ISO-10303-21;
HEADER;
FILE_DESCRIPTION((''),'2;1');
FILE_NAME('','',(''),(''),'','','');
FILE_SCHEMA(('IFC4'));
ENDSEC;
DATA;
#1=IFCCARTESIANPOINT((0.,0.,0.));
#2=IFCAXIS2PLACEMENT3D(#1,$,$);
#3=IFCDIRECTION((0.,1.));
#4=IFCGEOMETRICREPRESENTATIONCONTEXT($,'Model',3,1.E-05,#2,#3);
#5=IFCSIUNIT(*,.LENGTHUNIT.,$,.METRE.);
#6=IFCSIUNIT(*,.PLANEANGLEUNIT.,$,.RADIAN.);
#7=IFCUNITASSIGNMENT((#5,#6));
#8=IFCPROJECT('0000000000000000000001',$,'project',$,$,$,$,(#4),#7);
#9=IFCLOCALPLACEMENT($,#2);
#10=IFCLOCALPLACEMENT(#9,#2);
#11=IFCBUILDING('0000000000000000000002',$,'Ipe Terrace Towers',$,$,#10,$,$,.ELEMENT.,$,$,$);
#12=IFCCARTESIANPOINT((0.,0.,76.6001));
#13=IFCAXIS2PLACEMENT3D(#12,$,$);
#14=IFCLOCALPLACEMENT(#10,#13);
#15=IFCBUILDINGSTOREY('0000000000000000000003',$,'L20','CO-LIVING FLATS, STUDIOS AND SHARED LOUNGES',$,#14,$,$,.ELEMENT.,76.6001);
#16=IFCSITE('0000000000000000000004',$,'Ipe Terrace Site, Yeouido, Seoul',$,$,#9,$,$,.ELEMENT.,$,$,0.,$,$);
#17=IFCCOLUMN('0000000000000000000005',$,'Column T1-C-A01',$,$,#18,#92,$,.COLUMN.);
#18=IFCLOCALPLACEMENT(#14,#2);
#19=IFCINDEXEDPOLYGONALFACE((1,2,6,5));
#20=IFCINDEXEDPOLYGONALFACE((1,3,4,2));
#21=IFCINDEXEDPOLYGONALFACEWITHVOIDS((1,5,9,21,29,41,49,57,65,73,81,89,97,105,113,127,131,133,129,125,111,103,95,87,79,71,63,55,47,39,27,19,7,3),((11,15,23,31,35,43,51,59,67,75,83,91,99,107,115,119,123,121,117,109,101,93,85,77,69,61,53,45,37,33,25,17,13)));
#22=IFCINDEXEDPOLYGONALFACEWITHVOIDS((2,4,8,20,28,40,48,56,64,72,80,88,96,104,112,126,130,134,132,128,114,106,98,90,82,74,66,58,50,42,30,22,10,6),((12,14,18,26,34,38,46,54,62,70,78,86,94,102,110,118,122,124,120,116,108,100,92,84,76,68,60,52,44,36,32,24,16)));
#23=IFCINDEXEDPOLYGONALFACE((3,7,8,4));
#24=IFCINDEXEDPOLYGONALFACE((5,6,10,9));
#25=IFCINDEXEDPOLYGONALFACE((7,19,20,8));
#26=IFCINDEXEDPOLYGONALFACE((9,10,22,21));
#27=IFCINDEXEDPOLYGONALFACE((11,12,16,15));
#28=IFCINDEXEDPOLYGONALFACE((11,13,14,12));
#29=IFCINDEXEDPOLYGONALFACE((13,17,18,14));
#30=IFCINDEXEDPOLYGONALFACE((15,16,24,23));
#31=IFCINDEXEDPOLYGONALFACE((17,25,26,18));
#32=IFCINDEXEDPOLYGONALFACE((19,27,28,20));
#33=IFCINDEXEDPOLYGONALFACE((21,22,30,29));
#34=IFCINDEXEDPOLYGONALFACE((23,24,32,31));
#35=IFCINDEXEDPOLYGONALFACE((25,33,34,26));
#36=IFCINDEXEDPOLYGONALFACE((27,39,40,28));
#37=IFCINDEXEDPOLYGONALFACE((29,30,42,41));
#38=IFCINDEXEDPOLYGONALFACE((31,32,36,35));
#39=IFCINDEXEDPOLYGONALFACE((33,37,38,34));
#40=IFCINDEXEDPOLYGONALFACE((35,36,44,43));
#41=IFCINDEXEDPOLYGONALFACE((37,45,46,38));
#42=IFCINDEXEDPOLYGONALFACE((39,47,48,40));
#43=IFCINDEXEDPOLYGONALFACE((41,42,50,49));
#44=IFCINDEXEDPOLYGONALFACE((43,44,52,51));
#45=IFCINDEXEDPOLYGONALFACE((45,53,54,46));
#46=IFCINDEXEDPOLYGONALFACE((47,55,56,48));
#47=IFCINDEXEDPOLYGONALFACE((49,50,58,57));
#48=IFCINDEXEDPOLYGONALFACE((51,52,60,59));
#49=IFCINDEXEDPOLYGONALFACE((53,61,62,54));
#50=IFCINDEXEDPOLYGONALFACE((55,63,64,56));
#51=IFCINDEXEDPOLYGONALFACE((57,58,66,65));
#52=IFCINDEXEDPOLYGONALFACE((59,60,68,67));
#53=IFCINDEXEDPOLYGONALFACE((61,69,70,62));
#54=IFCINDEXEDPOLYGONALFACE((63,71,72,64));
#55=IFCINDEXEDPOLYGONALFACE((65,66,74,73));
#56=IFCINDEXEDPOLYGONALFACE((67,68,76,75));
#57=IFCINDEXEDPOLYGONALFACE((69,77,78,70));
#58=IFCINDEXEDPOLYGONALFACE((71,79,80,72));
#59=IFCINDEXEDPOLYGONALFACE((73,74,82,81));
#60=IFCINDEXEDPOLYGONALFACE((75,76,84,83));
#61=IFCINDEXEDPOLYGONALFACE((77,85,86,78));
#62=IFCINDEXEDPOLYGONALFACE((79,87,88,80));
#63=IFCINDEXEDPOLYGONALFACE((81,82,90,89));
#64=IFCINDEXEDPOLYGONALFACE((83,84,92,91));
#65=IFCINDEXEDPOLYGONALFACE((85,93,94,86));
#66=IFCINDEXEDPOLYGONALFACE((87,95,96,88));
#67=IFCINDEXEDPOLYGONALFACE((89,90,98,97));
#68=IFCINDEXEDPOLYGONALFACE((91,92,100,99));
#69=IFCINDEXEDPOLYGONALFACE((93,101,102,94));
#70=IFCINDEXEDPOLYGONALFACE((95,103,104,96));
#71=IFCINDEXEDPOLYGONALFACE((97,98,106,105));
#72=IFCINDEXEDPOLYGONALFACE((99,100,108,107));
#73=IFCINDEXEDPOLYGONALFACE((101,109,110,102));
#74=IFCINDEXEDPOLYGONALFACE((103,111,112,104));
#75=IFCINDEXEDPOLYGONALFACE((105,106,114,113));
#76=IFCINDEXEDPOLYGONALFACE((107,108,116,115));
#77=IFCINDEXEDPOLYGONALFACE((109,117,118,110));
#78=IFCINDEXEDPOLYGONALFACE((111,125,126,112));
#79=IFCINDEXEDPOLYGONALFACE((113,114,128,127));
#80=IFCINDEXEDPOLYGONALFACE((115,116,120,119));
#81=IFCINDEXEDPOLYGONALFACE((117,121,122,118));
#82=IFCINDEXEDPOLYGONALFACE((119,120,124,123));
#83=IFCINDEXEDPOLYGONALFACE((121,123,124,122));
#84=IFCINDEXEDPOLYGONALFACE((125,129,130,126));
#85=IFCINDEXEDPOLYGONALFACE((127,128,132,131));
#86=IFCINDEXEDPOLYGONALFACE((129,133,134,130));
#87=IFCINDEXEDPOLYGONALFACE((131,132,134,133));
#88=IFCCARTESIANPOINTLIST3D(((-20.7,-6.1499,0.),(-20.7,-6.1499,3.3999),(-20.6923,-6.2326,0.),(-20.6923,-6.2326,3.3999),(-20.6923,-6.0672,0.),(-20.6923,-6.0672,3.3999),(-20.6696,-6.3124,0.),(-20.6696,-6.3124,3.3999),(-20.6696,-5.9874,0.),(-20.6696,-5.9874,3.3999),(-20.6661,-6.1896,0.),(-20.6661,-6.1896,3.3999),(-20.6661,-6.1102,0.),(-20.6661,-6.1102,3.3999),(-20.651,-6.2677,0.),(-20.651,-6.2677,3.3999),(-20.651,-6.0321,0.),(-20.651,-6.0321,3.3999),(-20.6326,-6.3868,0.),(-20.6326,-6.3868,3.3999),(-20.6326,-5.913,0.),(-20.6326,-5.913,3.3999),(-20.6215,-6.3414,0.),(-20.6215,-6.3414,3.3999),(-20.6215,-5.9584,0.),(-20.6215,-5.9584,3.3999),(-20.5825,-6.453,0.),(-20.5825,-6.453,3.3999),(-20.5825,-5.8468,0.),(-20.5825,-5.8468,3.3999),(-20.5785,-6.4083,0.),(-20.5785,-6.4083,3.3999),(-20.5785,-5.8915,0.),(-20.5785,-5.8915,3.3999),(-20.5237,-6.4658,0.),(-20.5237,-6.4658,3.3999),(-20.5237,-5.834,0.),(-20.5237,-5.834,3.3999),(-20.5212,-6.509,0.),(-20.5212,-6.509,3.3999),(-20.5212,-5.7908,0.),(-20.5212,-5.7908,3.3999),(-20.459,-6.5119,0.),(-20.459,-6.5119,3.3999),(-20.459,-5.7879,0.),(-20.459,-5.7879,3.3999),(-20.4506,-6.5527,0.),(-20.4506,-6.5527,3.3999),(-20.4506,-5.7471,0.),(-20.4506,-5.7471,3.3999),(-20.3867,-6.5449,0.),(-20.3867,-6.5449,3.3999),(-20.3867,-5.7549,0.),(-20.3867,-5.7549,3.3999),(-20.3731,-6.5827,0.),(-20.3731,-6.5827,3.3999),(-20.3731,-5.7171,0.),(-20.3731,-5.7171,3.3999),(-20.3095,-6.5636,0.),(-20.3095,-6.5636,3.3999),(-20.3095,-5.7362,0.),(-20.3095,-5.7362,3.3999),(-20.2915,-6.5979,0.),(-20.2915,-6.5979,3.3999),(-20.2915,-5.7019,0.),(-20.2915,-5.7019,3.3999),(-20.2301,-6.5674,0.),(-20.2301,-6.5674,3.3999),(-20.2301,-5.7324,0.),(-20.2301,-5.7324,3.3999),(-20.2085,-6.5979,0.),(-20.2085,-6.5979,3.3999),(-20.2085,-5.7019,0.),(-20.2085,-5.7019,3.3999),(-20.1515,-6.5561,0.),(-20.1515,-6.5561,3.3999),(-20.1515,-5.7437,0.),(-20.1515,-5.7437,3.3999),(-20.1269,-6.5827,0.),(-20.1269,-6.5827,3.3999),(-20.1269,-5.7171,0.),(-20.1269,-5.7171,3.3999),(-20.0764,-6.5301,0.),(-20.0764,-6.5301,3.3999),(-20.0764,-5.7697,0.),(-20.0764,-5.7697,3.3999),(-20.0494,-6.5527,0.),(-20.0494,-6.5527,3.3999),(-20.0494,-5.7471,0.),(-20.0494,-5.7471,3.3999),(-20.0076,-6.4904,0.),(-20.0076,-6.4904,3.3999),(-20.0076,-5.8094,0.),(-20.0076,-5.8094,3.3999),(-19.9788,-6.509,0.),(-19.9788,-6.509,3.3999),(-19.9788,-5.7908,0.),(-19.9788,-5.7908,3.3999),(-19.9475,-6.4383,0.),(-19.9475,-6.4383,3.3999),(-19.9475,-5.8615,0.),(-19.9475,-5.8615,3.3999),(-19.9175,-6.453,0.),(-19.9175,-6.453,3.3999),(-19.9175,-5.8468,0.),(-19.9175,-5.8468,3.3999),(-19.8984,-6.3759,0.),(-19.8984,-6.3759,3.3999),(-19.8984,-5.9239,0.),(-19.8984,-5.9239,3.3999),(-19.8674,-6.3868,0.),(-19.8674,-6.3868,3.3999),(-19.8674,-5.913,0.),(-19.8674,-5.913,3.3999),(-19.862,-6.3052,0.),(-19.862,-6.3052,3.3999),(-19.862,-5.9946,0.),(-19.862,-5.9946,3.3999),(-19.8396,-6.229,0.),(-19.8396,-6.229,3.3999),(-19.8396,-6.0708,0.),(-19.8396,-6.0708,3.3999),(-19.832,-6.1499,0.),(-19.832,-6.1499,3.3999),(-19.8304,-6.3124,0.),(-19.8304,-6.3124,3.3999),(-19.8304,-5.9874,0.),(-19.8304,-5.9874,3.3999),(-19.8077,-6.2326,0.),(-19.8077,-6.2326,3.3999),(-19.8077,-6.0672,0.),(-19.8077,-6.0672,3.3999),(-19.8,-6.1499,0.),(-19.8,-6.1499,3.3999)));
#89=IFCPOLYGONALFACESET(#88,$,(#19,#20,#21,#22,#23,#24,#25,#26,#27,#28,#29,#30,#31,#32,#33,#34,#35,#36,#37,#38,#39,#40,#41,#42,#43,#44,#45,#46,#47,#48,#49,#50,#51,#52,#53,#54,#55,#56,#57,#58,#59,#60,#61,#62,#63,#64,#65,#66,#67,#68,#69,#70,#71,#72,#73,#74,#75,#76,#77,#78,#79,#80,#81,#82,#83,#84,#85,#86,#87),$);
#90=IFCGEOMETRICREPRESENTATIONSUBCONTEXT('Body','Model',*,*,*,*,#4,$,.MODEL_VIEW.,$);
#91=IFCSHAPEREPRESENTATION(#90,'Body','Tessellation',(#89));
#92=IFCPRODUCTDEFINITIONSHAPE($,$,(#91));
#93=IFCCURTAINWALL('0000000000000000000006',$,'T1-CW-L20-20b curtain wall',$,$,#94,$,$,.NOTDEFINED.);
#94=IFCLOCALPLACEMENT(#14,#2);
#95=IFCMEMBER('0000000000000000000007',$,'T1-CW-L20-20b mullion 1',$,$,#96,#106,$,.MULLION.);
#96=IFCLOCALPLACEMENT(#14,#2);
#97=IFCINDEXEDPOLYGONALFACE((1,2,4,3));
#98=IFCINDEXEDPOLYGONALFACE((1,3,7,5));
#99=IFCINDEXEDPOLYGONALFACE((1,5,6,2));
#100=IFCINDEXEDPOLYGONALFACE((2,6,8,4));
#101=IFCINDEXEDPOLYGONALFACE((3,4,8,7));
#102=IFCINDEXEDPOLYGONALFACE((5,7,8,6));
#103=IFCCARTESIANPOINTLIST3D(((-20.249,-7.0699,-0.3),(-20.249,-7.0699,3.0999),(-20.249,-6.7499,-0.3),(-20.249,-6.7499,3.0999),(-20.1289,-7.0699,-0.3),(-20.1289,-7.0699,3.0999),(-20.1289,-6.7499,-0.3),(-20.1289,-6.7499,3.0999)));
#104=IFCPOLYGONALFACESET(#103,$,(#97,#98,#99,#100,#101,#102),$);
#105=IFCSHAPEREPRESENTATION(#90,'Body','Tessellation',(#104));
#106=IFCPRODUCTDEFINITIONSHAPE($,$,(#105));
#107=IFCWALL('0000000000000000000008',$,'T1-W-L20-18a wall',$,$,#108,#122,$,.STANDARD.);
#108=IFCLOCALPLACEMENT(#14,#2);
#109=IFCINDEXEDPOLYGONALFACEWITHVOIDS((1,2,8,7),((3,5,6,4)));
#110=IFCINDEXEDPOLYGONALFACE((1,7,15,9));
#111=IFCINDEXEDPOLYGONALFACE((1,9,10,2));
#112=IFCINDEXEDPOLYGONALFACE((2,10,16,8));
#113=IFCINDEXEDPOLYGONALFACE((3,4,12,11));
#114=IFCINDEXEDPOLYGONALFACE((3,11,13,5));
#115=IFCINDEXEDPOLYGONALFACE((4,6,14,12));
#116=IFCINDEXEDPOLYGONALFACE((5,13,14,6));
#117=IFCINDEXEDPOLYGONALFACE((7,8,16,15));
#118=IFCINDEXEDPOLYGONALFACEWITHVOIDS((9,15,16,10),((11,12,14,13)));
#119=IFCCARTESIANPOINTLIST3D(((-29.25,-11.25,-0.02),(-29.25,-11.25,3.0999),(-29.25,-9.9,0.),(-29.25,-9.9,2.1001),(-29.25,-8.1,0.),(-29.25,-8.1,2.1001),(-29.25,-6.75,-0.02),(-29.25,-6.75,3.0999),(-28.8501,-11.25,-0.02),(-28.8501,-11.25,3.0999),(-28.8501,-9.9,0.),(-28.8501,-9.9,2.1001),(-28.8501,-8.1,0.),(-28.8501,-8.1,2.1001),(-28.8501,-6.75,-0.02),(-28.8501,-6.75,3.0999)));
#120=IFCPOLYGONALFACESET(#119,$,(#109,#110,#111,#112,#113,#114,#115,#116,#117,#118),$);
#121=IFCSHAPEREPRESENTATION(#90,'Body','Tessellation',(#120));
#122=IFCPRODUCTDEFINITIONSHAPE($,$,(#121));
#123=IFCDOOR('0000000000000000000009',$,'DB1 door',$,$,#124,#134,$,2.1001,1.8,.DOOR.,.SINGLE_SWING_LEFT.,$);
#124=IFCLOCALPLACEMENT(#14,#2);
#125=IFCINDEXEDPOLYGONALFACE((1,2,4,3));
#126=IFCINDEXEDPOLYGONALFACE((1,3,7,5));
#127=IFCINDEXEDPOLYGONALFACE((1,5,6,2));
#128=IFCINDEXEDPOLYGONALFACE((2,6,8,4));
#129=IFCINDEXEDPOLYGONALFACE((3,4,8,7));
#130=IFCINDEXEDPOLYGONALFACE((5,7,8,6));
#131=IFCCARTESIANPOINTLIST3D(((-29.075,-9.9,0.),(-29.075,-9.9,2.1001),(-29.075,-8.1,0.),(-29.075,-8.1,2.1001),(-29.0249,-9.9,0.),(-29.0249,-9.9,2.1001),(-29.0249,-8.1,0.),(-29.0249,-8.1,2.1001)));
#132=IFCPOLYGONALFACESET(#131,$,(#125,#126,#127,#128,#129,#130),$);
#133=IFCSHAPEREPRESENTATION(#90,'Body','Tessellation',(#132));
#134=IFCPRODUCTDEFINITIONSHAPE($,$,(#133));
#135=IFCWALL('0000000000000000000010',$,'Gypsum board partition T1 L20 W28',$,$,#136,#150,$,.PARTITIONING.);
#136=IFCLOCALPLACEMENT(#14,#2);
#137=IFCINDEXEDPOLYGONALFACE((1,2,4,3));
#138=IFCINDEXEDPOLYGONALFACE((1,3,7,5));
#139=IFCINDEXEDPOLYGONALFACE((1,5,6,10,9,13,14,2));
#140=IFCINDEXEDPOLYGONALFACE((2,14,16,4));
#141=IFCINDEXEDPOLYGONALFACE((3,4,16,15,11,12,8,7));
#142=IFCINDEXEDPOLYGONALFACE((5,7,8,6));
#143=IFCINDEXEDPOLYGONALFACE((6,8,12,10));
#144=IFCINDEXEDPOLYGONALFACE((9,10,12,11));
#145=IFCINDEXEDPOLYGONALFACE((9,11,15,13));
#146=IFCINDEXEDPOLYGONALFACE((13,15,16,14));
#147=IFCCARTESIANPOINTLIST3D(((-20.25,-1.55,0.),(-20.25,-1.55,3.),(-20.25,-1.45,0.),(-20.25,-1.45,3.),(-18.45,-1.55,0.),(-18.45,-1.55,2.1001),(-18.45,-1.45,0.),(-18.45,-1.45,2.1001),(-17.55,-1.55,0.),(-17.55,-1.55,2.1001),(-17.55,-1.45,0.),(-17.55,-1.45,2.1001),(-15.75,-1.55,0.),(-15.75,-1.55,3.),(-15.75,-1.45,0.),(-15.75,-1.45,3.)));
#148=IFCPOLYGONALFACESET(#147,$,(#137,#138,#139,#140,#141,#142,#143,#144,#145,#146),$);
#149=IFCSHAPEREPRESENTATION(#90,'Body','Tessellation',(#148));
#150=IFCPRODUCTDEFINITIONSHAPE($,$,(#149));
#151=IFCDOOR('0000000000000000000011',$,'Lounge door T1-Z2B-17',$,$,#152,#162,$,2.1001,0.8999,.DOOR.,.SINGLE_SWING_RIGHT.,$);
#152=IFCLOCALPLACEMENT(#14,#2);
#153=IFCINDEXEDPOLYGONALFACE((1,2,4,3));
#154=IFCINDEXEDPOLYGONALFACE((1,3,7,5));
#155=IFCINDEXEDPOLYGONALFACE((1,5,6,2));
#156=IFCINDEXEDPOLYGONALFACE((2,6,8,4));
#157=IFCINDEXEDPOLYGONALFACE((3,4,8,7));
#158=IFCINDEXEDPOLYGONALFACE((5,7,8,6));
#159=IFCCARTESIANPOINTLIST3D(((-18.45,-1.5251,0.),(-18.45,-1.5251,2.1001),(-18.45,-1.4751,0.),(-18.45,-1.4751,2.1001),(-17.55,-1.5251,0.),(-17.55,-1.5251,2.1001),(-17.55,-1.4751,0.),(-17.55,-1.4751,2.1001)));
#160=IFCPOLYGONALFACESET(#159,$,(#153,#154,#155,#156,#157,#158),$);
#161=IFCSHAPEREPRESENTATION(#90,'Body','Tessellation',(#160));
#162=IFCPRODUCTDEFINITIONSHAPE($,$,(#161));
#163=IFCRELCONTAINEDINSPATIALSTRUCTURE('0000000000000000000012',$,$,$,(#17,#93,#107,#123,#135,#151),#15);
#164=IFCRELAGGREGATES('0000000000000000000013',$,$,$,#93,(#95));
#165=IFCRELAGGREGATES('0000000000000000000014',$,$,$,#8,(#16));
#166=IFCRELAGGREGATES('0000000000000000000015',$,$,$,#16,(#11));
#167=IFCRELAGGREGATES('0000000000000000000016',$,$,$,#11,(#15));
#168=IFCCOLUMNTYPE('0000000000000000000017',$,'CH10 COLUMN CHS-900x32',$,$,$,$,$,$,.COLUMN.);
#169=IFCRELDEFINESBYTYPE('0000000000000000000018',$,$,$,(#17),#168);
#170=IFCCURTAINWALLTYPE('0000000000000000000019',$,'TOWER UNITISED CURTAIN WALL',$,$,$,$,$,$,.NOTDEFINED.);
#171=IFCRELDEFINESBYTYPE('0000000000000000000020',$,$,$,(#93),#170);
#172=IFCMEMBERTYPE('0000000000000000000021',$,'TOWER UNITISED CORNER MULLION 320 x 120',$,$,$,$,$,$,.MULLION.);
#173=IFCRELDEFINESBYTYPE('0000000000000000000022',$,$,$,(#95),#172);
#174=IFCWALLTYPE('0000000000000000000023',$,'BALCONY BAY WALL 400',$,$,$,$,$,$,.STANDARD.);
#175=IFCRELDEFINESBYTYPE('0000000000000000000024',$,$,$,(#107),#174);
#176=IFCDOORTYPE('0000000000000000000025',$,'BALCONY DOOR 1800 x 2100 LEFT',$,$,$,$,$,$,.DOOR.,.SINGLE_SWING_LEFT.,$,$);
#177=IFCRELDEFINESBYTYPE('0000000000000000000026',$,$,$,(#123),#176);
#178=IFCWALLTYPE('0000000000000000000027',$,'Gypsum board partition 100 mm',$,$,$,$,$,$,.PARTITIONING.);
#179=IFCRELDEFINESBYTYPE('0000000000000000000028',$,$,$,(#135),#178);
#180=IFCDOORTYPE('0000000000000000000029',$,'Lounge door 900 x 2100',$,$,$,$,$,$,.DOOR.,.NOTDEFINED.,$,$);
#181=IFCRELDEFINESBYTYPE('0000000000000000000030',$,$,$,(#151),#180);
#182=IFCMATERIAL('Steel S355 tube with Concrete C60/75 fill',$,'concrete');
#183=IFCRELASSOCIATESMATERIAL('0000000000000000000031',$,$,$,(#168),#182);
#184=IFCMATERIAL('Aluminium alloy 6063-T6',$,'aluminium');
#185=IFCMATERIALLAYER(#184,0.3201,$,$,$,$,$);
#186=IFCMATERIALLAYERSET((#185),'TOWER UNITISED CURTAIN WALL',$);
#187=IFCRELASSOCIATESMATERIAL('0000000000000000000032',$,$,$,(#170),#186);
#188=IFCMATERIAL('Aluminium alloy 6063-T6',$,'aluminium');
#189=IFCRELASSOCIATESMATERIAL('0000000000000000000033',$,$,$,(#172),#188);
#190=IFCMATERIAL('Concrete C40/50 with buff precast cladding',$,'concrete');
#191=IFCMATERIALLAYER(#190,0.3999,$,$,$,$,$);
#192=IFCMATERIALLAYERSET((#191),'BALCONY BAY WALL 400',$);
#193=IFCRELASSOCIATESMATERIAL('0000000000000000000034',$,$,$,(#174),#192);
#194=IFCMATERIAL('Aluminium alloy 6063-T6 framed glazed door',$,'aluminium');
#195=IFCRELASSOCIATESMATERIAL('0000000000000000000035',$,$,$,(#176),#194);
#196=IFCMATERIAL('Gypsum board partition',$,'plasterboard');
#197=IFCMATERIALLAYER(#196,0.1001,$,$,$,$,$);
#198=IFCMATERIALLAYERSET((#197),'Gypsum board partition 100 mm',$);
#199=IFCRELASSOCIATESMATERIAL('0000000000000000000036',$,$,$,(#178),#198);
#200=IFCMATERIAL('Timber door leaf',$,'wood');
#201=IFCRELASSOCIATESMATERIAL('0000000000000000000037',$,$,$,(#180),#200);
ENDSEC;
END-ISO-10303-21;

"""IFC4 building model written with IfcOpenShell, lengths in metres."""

from ifc_helpers import new_model, si_unit, direction, frame, frame_2d, origin, origin_2d, place, context, subcontext, project, spatial, rectangle, hollow_circle, extrude, material, layer, layer_set, material_profile, profile_set, type_object, element, fill, aggregate, save


model = new_model("IFC4")

# Units and contexts
model_context = context("Model", 3, precision=1e-05, world=origin(), true_north=direction((0.0, 1.0)))
body_context = subcontext(model_context, "Body", "Model", "MODEL_VIEW")
ifc_project = project(units=[si_unit("LENGTHUNIT", "METRE"), si_unit("PLANEANGLEUNIT", "RADIAN")], contexts=[model_context])

# Site, building, storey
site_placement = place(None, origin())
site = spatial("IfcSite", under=ifc_project, at=site_placement, Name="Ipe Terrace Site, Yeouido, Seoul", CompositionType="ELEMENT", RefElevation=0.0)
building_placement = place(site_placement, origin())
building = spatial("IfcBuilding", under=site, at=building_placement, Name="Ipe Terrace Towers", CompositionType="ELEMENT")
storey_placement = place(building_placement, frame((0.0, 0.0, 76.6001)))
storey = spatial("IfcBuildingStorey", under=building, at=storey_placement, Name="L20", Description="CO-LIVING FLATS, STUDIOS AND SHARED LOUNGES", CompositionType="ELEMENT", Elevation=76.6001)

# Column
ifc_material_1 = material(Name="Steel S355 tube with Concrete C60/75 fill", Category="concrete")
ifc_material_profile_1 = material_profile(ifc_material_1, hollow_circle(Radius=0.45, WallThickness=0.032, at=origin_2d()), Name="CHS-900x32")
ifc_profile_set_1 = profile_set([ifc_material_profile_1], Name="Steel S355 tube with Concrete C60/75 fill")
column_type = type_object("IfcColumnType", Name="CH10 COLUMN CHS-900x32", PredefinedType="COLUMN", material=ifc_profile_set_1)
column_placement = place(storey_placement, frame((-20.25, -6.1499, 0.0), z_axis=(0.0, 0.0, 1.0), x_axis=(1.0, 0.0, 0.0)))
element("IfcColumn", 1, at=column_placement, inside=storey, type_object=column_type, Name="Column T1-C-A01", PredefinedType="COLUMN", context=body_context, shape_type="SweptSolid", body=[
    extrude(hollow_circle(Radius=0.45, WallThickness=0.032, at=origin_2d()), origin(), (0.0, 0.0, 1.0), 3.3999),
])

# Curtain wall, member
ifc_material_2 = material(Name="Aluminium alloy 6063-T6", Category="aluminium")
ifc_layer_1 = layer(ifc_material_2, 0.3201)
ifc_layer_set_1 = layer_set([ifc_layer_1], Name="TOWER UNITISED CURTAIN WALL")
curtain_wall_type = type_object("IfcCurtainWallType", Name="TOWER UNITISED CURTAIN WALL", PredefinedType="NOTDEFINED", material=ifc_layer_set_1)
curtain_wall_placement = place(storey_placement, origin())
curtain_wall = element("IfcCurtainWall", 2, at=curtain_wall_placement, inside=storey, type_object=curtain_wall_type, Name="T1-CW-L20-20b curtain wall", PredefinedType="NOTDEFINED")
ifc_material_3 = material(Name="Aluminium alloy 6063-T6", Category="aluminium")
ifc_material_profile_2 = material_profile(ifc_material_3, rectangle(XDim=0.3201, YDim=0.1201, at=origin_2d()), Name="TOWER UNITISED CORNER MULLION 320 x 120")
ifc_profile_set_2 = profile_set([ifc_material_profile_2], Name="Aluminium alloy 6063-T6")
member_type = type_object("IfcMemberType", Name="TOWER UNITISED CORNER MULLION 320 x 120", PredefinedType="MULLION", material=ifc_profile_set_2)
member_placement = place(storey_placement, frame((-20.189, -6.9099, -0.3), z_axis=(0.0, 0.0, 1.0), x_axis=(0.0, -1.0, 0.0)))
member = element("IfcMember", 3, at=member_placement, type_object=member_type, Name="T1-CW-L20-20b mullion 1", PredefinedType="MULLION", context=body_context, shape_type="SweptSolid", body=[
    extrude(rectangle(XDim=0.3201, YDim=0.1201, at=origin_2d()), origin(), (0.0, 0.0, 1.0), 3.3999),
])
aggregate(curtain_wall, [member])

# Walls, openings, doors
ifc_material_4 = material(Name="Concrete C40/50 with buff precast cladding", Category="concrete")
ifc_layer_2 = layer(ifc_material_4, 0.3999)
ifc_layer_set_2 = layer_set([ifc_layer_2], Name="BALCONY BAY WALL 400")
wall_type_1 = type_object("IfcWallType", Name="BALCONY BAY WALL 400", PredefinedType="STANDARD", material=ifc_layer_set_2)
wall_1_placement = place(storey_placement, frame((-29.05, -11.25, -0.02), z_axis=(0.0, 0.0, 1.0), x_axis=(0.0, 1.0, 0.0)))
wall_1 = element("IfcWall", 4, at=wall_1_placement, inside=storey, type_object=wall_type_1, Name="T1-W-L20-18a wall", PredefinedType="STANDARD", context=body_context, shape_type="SweptSolid", body=[
    extrude(rectangle(XDim=4.5, YDim=0.3999, at=frame_2d((2.25, 0.0))), origin(), (0.0, 0.0, 1.0), 3.1199),
])
opening_1_placement = place(wall_1_placement, frame((1.3501, 0.0, 0.02)))
opening_1 = element("IfcOpeningElement", 5, at=opening_1_placement, cuts=wall_1, PredefinedType="OPENING", context=body_context, shape_type="SweptSolid", body=[
    extrude(rectangle(XDim=1.8, YDim=2.1001, at=frame_2d((0.8999, 1.05))), frame((0.0, 0.21, 0.0), z_axis=(0.0, -1.0, 0.0), x_axis=(1.0, 0.0, 0.0)), (0.0, 0.0, 1.0), 0.4199),
])
ifc_material_5 = material(Name="Aluminium alloy 6063-T6 framed glazed door", Category="aluminium")
door_type_1 = type_object("IfcDoorType", Name="BALCONY DOOR 1800 x 2100 LEFT", OperationType="SINGLE_SWING_LEFT", PredefinedType="DOOR", material=ifc_material_5)
door_1_placement = place(opening_1_placement, origin())
door_1 = element("IfcDoor", 6, at=door_1_placement, inside=storey, type_object=door_type_1, Name="DB1 door", OperationType="SINGLE_SWING_LEFT", OverallHeight=2.1001, OverallWidth=1.8, PredefinedType="DOOR", context=body_context, shape_type="SweptSolid", body=[
    extrude(rectangle(XDim=1.8, YDim=2.1001, at=frame_2d((0.8999, 1.05))), frame((0.0, 0.0249, 0.0), z_axis=(0.0, -1.0, 0.0), x_axis=(1.0, 0.0, 0.0)), (0.0, 0.0, 1.0), 0.05),
])
fill(opening_1, door_1)
ifc_material_6 = material(Name="Gypsum board partition", Category="plasterboard")
ifc_layer_3 = layer(ifc_material_6, 0.1001)
ifc_layer_set_3 = layer_set([ifc_layer_3], Name="Gypsum board partition 100 mm")
wall_type_2 = type_object("IfcWallType", Name="Gypsum board partition 100 mm", PredefinedType="PARTITIONING", material=ifc_layer_set_3)
wall_2_placement = place(storey_placement, frame((-20.25, -1.5, 0.0), z_axis=(0.0, 0.0, 1.0), x_axis=(1.0, 0.0, 0.0)))
wall_2 = element("IfcWall", 7, at=wall_2_placement, inside=storey, type_object=wall_type_2, Name="Gypsum board partition T1 L20 W28", PredefinedType="PARTITIONING", context=body_context, shape_type="SweptSolid", body=[
    extrude(rectangle(XDim=4.5, YDim=0.1001, at=frame_2d((2.25, 0.0))), origin(), (0.0, 0.0, 1.0), 3.0),
])
opening_2_placement = place(wall_2_placement, frame((1.8, 0.0, 0.0)))
opening_2 = element("IfcOpeningElement", 8, at=opening_2_placement, cuts=wall_2, PredefinedType="OPENING", context=body_context, shape_type="SweptSolid", body=[
    extrude(rectangle(XDim=0.8999, YDim=2.1001, at=frame_2d((0.45, 1.05))), frame((0.0, 0.0601, 0.0), z_axis=(0.0, -1.0, 0.0), x_axis=(1.0, 0.0, 0.0)), (0.0, 0.0, 1.0), 0.1201),
])
ifc_material_7 = material(Name="Timber door leaf", Category="wood")
door_type_2 = type_object("IfcDoorType", Name="Lounge door 900 x 2100", OperationType="NOTDEFINED", PredefinedType="DOOR", material=ifc_material_7)
door_2_placement = place(opening_2_placement, origin())
door_2 = element("IfcDoor", 9, at=door_2_placement, inside=storey, type_object=door_type_2, Name="Lounge door T1-Z2B-17", OperationType="SINGLE_SWING_RIGHT", OverallHeight=2.1001, OverallWidth=0.8999, PredefinedType="DOOR", context=body_context, shape_type="SweptSolid", body=[
    extrude(rectangle(XDim=0.8999, YDim=2.1001, at=frame_2d((0.45, 1.05))), frame((0.0, 0.0249, 0.0), z_axis=(0.0, -1.0, 0.0), x_axis=(1.0, 0.0, 0.0)), (0.0, 0.0, 1.0), 0.05),
])
fill(opening_2, door_2)

save(model, "model.ifc")
